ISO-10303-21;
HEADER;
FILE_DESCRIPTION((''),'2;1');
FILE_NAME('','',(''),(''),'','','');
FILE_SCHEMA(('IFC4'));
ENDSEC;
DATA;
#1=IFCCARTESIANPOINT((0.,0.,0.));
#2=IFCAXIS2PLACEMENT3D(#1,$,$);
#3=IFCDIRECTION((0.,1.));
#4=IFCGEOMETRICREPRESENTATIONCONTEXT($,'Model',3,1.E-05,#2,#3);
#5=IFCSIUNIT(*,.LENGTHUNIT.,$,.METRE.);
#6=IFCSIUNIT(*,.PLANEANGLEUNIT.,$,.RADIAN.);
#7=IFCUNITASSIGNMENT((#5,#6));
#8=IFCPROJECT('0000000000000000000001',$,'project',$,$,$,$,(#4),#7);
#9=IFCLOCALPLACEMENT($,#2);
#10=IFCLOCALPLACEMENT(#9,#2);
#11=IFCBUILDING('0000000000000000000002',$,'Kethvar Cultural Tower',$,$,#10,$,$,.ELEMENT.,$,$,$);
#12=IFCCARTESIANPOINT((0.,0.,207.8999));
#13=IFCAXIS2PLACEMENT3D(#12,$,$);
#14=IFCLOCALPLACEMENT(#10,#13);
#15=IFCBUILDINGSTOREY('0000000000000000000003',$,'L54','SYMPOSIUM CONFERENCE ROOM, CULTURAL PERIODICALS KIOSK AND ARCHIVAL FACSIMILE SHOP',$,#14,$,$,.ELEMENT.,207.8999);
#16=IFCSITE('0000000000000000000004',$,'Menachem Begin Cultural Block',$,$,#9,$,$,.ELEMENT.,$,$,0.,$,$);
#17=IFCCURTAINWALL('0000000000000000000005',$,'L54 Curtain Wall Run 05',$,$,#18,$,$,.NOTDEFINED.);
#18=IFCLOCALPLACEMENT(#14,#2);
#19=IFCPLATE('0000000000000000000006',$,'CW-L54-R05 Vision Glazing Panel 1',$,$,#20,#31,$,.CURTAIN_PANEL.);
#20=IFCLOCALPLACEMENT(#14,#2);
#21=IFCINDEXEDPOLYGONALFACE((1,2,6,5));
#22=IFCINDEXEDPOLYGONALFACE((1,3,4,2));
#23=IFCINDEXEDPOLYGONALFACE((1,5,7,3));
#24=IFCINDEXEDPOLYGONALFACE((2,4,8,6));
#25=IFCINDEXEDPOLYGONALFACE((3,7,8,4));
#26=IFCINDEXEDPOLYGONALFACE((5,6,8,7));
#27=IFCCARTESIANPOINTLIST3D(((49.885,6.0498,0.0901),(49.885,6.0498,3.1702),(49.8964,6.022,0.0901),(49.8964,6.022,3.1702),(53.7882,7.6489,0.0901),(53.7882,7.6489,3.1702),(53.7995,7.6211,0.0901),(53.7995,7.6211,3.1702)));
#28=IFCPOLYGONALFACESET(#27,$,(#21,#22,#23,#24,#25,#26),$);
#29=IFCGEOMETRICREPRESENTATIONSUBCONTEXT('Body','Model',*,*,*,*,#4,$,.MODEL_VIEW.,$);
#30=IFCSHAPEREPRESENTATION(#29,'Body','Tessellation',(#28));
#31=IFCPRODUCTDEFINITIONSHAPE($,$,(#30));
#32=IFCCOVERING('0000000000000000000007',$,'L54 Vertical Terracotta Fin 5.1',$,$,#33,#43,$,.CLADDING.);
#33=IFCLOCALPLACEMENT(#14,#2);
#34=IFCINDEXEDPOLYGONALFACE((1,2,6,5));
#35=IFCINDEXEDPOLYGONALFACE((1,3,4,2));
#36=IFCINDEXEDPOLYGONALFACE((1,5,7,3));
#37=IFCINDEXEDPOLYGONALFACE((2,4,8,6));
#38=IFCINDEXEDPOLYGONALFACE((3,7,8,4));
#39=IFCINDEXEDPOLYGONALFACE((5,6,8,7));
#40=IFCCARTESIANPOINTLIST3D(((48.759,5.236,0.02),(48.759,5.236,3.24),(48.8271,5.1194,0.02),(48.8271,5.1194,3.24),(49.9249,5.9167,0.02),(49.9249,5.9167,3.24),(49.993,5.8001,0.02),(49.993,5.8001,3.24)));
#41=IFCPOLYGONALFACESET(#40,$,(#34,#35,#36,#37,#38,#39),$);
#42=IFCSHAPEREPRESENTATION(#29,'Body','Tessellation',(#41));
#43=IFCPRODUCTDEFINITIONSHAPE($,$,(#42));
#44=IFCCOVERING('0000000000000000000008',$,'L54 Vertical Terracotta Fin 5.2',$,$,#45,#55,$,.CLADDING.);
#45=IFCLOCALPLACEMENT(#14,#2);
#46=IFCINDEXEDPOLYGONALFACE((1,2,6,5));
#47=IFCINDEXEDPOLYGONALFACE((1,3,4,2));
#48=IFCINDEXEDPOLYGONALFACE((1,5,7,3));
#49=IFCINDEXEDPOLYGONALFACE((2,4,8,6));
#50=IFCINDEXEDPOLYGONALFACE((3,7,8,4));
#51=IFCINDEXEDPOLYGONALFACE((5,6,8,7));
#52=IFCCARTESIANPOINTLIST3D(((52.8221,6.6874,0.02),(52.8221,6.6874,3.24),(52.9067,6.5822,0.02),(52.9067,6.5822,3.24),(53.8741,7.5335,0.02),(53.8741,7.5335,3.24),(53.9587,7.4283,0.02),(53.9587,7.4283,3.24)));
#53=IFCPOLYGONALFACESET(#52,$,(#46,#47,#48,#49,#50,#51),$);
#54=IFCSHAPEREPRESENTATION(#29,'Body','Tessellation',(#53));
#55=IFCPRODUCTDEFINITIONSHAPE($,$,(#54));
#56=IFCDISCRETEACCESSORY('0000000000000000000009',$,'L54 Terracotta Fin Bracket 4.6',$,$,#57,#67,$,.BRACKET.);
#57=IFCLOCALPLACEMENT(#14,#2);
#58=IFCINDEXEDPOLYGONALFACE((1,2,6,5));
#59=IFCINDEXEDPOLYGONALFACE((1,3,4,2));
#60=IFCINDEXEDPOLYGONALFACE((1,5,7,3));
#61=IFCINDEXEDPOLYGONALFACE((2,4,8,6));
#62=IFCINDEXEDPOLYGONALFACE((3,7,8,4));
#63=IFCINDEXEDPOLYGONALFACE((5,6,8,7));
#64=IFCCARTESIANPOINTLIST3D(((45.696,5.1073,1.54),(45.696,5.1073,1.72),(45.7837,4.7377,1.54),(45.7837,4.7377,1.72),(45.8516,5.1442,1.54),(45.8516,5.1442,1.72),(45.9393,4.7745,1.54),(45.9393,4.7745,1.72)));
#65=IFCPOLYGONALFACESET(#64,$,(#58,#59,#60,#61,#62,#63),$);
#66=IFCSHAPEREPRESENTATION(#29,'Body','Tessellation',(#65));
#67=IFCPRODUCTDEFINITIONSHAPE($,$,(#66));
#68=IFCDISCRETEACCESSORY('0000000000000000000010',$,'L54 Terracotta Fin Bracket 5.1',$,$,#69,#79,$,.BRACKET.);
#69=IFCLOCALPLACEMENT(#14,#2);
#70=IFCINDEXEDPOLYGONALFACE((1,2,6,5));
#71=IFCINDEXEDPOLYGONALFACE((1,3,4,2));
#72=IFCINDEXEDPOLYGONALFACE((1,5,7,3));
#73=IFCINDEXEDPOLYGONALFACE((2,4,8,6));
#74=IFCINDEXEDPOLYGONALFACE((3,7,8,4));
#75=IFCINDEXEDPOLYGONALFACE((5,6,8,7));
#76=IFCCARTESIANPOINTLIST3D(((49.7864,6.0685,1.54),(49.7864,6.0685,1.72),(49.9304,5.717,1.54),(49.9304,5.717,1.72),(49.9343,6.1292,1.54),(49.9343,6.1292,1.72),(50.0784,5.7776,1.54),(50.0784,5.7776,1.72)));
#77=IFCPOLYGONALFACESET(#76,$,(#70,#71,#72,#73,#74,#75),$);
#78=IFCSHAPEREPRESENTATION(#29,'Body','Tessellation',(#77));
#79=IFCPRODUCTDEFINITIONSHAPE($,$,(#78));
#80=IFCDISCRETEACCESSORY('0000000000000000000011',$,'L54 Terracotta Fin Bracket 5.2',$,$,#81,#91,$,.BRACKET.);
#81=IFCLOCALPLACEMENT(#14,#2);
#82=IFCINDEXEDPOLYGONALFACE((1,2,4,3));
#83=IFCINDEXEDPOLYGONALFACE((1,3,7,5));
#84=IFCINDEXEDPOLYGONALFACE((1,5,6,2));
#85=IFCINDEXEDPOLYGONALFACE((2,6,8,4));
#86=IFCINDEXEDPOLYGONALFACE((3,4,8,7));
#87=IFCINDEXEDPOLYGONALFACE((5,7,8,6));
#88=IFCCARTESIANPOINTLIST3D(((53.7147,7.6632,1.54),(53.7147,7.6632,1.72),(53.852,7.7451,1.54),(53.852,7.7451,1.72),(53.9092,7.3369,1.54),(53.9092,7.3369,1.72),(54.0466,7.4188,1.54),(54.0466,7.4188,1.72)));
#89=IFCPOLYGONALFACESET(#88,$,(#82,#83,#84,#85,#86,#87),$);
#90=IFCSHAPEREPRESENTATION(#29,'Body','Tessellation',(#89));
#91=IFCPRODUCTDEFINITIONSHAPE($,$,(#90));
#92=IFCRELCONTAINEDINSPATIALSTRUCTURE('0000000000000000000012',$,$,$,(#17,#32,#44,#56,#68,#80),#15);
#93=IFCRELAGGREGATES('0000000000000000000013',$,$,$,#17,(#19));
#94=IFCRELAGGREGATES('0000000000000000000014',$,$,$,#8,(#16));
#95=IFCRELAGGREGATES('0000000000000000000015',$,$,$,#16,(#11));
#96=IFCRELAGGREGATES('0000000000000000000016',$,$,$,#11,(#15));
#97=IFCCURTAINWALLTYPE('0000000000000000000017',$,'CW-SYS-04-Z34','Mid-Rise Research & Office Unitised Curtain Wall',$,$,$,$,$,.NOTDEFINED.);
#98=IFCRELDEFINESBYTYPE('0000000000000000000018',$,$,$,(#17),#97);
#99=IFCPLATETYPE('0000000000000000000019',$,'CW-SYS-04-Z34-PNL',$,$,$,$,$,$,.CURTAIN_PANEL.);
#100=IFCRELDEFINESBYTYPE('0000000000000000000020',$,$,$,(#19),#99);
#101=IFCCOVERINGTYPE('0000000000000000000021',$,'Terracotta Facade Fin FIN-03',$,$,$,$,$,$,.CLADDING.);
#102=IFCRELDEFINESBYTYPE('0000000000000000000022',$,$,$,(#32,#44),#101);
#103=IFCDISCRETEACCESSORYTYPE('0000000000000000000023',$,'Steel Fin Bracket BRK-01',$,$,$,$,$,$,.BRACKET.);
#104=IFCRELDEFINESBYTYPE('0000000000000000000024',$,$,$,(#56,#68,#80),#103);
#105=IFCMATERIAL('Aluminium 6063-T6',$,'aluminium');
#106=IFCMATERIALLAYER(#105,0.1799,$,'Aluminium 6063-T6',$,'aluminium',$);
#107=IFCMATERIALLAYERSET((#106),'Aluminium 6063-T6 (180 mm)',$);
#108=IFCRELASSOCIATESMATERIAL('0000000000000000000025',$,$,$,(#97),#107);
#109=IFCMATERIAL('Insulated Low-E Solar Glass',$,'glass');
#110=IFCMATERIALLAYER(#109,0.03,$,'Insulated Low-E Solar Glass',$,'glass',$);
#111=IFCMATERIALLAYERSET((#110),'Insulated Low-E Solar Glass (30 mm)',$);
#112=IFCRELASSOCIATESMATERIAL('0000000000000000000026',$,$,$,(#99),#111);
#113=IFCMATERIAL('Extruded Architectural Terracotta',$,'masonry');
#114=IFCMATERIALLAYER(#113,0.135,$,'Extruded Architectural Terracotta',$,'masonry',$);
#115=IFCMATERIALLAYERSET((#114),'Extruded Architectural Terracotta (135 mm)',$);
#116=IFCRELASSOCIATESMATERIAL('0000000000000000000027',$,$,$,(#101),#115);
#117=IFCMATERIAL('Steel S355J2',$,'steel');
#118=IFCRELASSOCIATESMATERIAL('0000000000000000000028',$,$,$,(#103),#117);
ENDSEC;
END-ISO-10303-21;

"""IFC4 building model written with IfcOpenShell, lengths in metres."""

from ifc_helpers import new_model, si_unit, direction, frame, origin, origin_2d, place, context, subcontext, project, spatial, rectangle, extrude, source, transform, mapped, material, layer, layer_set, type_object, element, aggregate, save


model = new_model("IFC4")

# Units and contexts
model_context = context("Model", 3, precision=1e-05, world=origin(), true_north=direction((0.0, 1.0)))
body_context = subcontext(model_context, "Body", "Model", "MODEL_VIEW")
ifc_project = project(units=[si_unit("LENGTHUNIT", "METRE"), si_unit("PLANEANGLEUNIT", "RADIAN")], contexts=[model_context])

# Site, building, storey
site_placement = place(None, origin())
site = spatial("IfcSite", under=ifc_project, at=site_placement, Name="Menachem Begin Cultural Block", CompositionType="ELEMENT", RefElevation=0.0)
building_placement = place(site_placement, origin())
building = spatial("IfcBuilding", under=site, at=building_placement, Name="Kethvar Cultural Tower", CompositionType="ELEMENT")
storey_placement = place(building_placement, frame((0.0, 0.0, 207.8999)))
storey = spatial("IfcBuildingStorey", under=building, at=storey_placement, Name="L54", Description="SYMPOSIUM CONFERENCE ROOM, CULTURAL PERIODICALS KIOSK AND ARCHIVAL FACSIMILE SHOP", CompositionType="ELEMENT", Elevation=207.8999)

# Shared definitions
ifc_material_1 = material(Name="Steel S355J2", Category="steel")

# Shared definitions
ifc_material_2 = material(Name="Aluminium 6063-T6", Category="aluminium")
ifc_layer_1 = layer(ifc_material_2, 0.1799, Name="Aluminium 6063-T6", Category="aluminium")
ifc_layer_set_1 = layer_set([ifc_layer_1], Name="Aluminium 6063-T6 (180 mm)")
curtain_wall_type = type_object("IfcCurtainWallType", Name="CW-SYS-04-Z34", Description="Mid-Rise Research & Office Unitised Curtain Wall", PredefinedType="NOTDEFINED", material=ifc_layer_set_1)

# Curtain wall
curtain_wall_1_placement = place(storey_placement, origin())
curtain_wall_1 = element("IfcCurtainWall", 1, at=curtain_wall_1_placement, inside=storey, type_object=curtain_wall_type, Name="L54 Curtain Wall Run 05", PredefinedType="NOTDEFINED")

# Plate
ifc_material_3 = material(Name="Insulated Low-E Solar Glass", Category="glass")
ifc_layer_2 = layer(ifc_material_3, 0.03, Name="Insulated Low-E Solar Glass", Category="glass")
ifc_layer_set_2 = layer_set([ifc_layer_2], Name="Insulated Low-E Solar Glass (30 mm)")
plate_type = type_object("IfcPlateType", Name="CW-SYS-04-Z34-PNL", PredefinedType="CURTAIN_PANEL", material=ifc_layer_set_2)
shared_shape_1 = source(origin(), body_context, "Body", "SweptSolid", [
    extrude(rectangle(XDim=4.218, YDim=0.03, at=origin_2d()), origin(), (0.0, 0.0, 1.0), 3.0801),
])
plate_1_placement = place(storey_placement, frame((51.8423, 6.8354, 0.0901), z_axis=(0.0, 0.0, 1.0), x_axis=(0.925349, 0.379117, 0.0)))
plate_1 = element("IfcPlate", 2, at=plate_1_placement, type_object=plate_type, Name="CW-L54-R05 Vision Glazing Panel 1", PredefinedType="CURTAIN_PANEL", context=body_context, shape_type="MappedRepresentation", body=[
    mapped(shared_shape_1, transform((0.0, 0.0, 0.0), scale=1.0)),
])
aggregate(curtain_wall_1, [plate_1])

# Coverings
ifc_material_4 = material(Name="Extruded Architectural Terracotta", Category="masonry")
ifc_layer_3 = layer(ifc_material_4, 0.135, Name="Extruded Architectural Terracotta", Category="masonry")
ifc_layer_set_3 = layer_set([ifc_layer_3], Name="Extruded Architectural Terracotta (135 mm)")
covering_type = type_object("IfcCoveringType", Name="Terracotta Facade Fin FIN-03", PredefinedType="CLADDING", material=ifc_layer_set_3)
shared_shape_2 = source(origin(), body_context, "Body", "SweptSolid", [
    extrude(rectangle(XDim=1.3501, YDim=0.135, at=origin_2d()), origin(), (0.0, 0.0, 1.0), 3.22),
])
for number, where, z_axis, x_axis, name in (
    (3, (49.376, 5.5181, 0.02), (0.0, 0.0, 1.0), (-0.863572, -0.504226, 0.0), "L54 Vertical Terracotta Fin 5.1"),
    (4, (53.3904, 7.0579, 0.02), (0.0, 0.0, 1.0), (-0.779229, -0.62674, 0.0), "L54 Vertical Terracotta Fin 5.2"),
):
    element("IfcCovering", number, at=place(storey_placement, frame(where, z_axis=z_axis, x_axis=x_axis)), inside=storey, type_object=covering_type, Name=name, PredefinedType="CLADDING", context=body_context, shape_type="MappedRepresentation", body=[
        mapped(shared_shape_2, transform((0.0, 0.0, 0.0), scale=1.0)),
    ])

# Discrete accessories
discrete_accessory_type = type_object("IfcDiscreteAccessoryType", Name="Steel Fin Bracket BRK-01", PredefinedType="BRACKET", material=ifc_material_1)
shared_shape_3 = source(origin(), body_context, "Body", "SweptSolid", [
    extrude(rectangle(XDim=0.3799, YDim=0.1599, at=origin_2d()), origin(), (0.0, 0.0, 1.0), 0.1799),
])
for number, where, z_axis, x_axis, name in (
    (5, (45.8176, 4.9409, 1.54), (0.0, 0.0, 1.0), (0.230729, -0.973018, 0.0), "L54 Terracotta Fin Bracket 4.6"),
    (6, (49.9324, 5.9231, 1.54), (0.0, 0.0, 1.0), (0.379133, -0.925342, 0.0), "L54 Terracotta Fin Bracket 5.1"),
    (7, (53.8806, 7.541, 1.54), (0.0, 0.0, 1.0), (0.512193, -0.858871, 0.0), "L54 Terracotta Fin Bracket 5.2"),
):
    element("IfcDiscreteAccessory", number, at=place(storey_placement, frame(where, z_axis=z_axis, x_axis=x_axis)), inside=storey, type_object=discrete_accessory_type, Name=name, PredefinedType="BRACKET", context=body_context, shape_type="MappedRepresentation", body=[
        mapped(shared_shape_3, transform((0.0, 0.0, 0.0), scale=1.0)),
    ])

save(model, "model.ifc")
